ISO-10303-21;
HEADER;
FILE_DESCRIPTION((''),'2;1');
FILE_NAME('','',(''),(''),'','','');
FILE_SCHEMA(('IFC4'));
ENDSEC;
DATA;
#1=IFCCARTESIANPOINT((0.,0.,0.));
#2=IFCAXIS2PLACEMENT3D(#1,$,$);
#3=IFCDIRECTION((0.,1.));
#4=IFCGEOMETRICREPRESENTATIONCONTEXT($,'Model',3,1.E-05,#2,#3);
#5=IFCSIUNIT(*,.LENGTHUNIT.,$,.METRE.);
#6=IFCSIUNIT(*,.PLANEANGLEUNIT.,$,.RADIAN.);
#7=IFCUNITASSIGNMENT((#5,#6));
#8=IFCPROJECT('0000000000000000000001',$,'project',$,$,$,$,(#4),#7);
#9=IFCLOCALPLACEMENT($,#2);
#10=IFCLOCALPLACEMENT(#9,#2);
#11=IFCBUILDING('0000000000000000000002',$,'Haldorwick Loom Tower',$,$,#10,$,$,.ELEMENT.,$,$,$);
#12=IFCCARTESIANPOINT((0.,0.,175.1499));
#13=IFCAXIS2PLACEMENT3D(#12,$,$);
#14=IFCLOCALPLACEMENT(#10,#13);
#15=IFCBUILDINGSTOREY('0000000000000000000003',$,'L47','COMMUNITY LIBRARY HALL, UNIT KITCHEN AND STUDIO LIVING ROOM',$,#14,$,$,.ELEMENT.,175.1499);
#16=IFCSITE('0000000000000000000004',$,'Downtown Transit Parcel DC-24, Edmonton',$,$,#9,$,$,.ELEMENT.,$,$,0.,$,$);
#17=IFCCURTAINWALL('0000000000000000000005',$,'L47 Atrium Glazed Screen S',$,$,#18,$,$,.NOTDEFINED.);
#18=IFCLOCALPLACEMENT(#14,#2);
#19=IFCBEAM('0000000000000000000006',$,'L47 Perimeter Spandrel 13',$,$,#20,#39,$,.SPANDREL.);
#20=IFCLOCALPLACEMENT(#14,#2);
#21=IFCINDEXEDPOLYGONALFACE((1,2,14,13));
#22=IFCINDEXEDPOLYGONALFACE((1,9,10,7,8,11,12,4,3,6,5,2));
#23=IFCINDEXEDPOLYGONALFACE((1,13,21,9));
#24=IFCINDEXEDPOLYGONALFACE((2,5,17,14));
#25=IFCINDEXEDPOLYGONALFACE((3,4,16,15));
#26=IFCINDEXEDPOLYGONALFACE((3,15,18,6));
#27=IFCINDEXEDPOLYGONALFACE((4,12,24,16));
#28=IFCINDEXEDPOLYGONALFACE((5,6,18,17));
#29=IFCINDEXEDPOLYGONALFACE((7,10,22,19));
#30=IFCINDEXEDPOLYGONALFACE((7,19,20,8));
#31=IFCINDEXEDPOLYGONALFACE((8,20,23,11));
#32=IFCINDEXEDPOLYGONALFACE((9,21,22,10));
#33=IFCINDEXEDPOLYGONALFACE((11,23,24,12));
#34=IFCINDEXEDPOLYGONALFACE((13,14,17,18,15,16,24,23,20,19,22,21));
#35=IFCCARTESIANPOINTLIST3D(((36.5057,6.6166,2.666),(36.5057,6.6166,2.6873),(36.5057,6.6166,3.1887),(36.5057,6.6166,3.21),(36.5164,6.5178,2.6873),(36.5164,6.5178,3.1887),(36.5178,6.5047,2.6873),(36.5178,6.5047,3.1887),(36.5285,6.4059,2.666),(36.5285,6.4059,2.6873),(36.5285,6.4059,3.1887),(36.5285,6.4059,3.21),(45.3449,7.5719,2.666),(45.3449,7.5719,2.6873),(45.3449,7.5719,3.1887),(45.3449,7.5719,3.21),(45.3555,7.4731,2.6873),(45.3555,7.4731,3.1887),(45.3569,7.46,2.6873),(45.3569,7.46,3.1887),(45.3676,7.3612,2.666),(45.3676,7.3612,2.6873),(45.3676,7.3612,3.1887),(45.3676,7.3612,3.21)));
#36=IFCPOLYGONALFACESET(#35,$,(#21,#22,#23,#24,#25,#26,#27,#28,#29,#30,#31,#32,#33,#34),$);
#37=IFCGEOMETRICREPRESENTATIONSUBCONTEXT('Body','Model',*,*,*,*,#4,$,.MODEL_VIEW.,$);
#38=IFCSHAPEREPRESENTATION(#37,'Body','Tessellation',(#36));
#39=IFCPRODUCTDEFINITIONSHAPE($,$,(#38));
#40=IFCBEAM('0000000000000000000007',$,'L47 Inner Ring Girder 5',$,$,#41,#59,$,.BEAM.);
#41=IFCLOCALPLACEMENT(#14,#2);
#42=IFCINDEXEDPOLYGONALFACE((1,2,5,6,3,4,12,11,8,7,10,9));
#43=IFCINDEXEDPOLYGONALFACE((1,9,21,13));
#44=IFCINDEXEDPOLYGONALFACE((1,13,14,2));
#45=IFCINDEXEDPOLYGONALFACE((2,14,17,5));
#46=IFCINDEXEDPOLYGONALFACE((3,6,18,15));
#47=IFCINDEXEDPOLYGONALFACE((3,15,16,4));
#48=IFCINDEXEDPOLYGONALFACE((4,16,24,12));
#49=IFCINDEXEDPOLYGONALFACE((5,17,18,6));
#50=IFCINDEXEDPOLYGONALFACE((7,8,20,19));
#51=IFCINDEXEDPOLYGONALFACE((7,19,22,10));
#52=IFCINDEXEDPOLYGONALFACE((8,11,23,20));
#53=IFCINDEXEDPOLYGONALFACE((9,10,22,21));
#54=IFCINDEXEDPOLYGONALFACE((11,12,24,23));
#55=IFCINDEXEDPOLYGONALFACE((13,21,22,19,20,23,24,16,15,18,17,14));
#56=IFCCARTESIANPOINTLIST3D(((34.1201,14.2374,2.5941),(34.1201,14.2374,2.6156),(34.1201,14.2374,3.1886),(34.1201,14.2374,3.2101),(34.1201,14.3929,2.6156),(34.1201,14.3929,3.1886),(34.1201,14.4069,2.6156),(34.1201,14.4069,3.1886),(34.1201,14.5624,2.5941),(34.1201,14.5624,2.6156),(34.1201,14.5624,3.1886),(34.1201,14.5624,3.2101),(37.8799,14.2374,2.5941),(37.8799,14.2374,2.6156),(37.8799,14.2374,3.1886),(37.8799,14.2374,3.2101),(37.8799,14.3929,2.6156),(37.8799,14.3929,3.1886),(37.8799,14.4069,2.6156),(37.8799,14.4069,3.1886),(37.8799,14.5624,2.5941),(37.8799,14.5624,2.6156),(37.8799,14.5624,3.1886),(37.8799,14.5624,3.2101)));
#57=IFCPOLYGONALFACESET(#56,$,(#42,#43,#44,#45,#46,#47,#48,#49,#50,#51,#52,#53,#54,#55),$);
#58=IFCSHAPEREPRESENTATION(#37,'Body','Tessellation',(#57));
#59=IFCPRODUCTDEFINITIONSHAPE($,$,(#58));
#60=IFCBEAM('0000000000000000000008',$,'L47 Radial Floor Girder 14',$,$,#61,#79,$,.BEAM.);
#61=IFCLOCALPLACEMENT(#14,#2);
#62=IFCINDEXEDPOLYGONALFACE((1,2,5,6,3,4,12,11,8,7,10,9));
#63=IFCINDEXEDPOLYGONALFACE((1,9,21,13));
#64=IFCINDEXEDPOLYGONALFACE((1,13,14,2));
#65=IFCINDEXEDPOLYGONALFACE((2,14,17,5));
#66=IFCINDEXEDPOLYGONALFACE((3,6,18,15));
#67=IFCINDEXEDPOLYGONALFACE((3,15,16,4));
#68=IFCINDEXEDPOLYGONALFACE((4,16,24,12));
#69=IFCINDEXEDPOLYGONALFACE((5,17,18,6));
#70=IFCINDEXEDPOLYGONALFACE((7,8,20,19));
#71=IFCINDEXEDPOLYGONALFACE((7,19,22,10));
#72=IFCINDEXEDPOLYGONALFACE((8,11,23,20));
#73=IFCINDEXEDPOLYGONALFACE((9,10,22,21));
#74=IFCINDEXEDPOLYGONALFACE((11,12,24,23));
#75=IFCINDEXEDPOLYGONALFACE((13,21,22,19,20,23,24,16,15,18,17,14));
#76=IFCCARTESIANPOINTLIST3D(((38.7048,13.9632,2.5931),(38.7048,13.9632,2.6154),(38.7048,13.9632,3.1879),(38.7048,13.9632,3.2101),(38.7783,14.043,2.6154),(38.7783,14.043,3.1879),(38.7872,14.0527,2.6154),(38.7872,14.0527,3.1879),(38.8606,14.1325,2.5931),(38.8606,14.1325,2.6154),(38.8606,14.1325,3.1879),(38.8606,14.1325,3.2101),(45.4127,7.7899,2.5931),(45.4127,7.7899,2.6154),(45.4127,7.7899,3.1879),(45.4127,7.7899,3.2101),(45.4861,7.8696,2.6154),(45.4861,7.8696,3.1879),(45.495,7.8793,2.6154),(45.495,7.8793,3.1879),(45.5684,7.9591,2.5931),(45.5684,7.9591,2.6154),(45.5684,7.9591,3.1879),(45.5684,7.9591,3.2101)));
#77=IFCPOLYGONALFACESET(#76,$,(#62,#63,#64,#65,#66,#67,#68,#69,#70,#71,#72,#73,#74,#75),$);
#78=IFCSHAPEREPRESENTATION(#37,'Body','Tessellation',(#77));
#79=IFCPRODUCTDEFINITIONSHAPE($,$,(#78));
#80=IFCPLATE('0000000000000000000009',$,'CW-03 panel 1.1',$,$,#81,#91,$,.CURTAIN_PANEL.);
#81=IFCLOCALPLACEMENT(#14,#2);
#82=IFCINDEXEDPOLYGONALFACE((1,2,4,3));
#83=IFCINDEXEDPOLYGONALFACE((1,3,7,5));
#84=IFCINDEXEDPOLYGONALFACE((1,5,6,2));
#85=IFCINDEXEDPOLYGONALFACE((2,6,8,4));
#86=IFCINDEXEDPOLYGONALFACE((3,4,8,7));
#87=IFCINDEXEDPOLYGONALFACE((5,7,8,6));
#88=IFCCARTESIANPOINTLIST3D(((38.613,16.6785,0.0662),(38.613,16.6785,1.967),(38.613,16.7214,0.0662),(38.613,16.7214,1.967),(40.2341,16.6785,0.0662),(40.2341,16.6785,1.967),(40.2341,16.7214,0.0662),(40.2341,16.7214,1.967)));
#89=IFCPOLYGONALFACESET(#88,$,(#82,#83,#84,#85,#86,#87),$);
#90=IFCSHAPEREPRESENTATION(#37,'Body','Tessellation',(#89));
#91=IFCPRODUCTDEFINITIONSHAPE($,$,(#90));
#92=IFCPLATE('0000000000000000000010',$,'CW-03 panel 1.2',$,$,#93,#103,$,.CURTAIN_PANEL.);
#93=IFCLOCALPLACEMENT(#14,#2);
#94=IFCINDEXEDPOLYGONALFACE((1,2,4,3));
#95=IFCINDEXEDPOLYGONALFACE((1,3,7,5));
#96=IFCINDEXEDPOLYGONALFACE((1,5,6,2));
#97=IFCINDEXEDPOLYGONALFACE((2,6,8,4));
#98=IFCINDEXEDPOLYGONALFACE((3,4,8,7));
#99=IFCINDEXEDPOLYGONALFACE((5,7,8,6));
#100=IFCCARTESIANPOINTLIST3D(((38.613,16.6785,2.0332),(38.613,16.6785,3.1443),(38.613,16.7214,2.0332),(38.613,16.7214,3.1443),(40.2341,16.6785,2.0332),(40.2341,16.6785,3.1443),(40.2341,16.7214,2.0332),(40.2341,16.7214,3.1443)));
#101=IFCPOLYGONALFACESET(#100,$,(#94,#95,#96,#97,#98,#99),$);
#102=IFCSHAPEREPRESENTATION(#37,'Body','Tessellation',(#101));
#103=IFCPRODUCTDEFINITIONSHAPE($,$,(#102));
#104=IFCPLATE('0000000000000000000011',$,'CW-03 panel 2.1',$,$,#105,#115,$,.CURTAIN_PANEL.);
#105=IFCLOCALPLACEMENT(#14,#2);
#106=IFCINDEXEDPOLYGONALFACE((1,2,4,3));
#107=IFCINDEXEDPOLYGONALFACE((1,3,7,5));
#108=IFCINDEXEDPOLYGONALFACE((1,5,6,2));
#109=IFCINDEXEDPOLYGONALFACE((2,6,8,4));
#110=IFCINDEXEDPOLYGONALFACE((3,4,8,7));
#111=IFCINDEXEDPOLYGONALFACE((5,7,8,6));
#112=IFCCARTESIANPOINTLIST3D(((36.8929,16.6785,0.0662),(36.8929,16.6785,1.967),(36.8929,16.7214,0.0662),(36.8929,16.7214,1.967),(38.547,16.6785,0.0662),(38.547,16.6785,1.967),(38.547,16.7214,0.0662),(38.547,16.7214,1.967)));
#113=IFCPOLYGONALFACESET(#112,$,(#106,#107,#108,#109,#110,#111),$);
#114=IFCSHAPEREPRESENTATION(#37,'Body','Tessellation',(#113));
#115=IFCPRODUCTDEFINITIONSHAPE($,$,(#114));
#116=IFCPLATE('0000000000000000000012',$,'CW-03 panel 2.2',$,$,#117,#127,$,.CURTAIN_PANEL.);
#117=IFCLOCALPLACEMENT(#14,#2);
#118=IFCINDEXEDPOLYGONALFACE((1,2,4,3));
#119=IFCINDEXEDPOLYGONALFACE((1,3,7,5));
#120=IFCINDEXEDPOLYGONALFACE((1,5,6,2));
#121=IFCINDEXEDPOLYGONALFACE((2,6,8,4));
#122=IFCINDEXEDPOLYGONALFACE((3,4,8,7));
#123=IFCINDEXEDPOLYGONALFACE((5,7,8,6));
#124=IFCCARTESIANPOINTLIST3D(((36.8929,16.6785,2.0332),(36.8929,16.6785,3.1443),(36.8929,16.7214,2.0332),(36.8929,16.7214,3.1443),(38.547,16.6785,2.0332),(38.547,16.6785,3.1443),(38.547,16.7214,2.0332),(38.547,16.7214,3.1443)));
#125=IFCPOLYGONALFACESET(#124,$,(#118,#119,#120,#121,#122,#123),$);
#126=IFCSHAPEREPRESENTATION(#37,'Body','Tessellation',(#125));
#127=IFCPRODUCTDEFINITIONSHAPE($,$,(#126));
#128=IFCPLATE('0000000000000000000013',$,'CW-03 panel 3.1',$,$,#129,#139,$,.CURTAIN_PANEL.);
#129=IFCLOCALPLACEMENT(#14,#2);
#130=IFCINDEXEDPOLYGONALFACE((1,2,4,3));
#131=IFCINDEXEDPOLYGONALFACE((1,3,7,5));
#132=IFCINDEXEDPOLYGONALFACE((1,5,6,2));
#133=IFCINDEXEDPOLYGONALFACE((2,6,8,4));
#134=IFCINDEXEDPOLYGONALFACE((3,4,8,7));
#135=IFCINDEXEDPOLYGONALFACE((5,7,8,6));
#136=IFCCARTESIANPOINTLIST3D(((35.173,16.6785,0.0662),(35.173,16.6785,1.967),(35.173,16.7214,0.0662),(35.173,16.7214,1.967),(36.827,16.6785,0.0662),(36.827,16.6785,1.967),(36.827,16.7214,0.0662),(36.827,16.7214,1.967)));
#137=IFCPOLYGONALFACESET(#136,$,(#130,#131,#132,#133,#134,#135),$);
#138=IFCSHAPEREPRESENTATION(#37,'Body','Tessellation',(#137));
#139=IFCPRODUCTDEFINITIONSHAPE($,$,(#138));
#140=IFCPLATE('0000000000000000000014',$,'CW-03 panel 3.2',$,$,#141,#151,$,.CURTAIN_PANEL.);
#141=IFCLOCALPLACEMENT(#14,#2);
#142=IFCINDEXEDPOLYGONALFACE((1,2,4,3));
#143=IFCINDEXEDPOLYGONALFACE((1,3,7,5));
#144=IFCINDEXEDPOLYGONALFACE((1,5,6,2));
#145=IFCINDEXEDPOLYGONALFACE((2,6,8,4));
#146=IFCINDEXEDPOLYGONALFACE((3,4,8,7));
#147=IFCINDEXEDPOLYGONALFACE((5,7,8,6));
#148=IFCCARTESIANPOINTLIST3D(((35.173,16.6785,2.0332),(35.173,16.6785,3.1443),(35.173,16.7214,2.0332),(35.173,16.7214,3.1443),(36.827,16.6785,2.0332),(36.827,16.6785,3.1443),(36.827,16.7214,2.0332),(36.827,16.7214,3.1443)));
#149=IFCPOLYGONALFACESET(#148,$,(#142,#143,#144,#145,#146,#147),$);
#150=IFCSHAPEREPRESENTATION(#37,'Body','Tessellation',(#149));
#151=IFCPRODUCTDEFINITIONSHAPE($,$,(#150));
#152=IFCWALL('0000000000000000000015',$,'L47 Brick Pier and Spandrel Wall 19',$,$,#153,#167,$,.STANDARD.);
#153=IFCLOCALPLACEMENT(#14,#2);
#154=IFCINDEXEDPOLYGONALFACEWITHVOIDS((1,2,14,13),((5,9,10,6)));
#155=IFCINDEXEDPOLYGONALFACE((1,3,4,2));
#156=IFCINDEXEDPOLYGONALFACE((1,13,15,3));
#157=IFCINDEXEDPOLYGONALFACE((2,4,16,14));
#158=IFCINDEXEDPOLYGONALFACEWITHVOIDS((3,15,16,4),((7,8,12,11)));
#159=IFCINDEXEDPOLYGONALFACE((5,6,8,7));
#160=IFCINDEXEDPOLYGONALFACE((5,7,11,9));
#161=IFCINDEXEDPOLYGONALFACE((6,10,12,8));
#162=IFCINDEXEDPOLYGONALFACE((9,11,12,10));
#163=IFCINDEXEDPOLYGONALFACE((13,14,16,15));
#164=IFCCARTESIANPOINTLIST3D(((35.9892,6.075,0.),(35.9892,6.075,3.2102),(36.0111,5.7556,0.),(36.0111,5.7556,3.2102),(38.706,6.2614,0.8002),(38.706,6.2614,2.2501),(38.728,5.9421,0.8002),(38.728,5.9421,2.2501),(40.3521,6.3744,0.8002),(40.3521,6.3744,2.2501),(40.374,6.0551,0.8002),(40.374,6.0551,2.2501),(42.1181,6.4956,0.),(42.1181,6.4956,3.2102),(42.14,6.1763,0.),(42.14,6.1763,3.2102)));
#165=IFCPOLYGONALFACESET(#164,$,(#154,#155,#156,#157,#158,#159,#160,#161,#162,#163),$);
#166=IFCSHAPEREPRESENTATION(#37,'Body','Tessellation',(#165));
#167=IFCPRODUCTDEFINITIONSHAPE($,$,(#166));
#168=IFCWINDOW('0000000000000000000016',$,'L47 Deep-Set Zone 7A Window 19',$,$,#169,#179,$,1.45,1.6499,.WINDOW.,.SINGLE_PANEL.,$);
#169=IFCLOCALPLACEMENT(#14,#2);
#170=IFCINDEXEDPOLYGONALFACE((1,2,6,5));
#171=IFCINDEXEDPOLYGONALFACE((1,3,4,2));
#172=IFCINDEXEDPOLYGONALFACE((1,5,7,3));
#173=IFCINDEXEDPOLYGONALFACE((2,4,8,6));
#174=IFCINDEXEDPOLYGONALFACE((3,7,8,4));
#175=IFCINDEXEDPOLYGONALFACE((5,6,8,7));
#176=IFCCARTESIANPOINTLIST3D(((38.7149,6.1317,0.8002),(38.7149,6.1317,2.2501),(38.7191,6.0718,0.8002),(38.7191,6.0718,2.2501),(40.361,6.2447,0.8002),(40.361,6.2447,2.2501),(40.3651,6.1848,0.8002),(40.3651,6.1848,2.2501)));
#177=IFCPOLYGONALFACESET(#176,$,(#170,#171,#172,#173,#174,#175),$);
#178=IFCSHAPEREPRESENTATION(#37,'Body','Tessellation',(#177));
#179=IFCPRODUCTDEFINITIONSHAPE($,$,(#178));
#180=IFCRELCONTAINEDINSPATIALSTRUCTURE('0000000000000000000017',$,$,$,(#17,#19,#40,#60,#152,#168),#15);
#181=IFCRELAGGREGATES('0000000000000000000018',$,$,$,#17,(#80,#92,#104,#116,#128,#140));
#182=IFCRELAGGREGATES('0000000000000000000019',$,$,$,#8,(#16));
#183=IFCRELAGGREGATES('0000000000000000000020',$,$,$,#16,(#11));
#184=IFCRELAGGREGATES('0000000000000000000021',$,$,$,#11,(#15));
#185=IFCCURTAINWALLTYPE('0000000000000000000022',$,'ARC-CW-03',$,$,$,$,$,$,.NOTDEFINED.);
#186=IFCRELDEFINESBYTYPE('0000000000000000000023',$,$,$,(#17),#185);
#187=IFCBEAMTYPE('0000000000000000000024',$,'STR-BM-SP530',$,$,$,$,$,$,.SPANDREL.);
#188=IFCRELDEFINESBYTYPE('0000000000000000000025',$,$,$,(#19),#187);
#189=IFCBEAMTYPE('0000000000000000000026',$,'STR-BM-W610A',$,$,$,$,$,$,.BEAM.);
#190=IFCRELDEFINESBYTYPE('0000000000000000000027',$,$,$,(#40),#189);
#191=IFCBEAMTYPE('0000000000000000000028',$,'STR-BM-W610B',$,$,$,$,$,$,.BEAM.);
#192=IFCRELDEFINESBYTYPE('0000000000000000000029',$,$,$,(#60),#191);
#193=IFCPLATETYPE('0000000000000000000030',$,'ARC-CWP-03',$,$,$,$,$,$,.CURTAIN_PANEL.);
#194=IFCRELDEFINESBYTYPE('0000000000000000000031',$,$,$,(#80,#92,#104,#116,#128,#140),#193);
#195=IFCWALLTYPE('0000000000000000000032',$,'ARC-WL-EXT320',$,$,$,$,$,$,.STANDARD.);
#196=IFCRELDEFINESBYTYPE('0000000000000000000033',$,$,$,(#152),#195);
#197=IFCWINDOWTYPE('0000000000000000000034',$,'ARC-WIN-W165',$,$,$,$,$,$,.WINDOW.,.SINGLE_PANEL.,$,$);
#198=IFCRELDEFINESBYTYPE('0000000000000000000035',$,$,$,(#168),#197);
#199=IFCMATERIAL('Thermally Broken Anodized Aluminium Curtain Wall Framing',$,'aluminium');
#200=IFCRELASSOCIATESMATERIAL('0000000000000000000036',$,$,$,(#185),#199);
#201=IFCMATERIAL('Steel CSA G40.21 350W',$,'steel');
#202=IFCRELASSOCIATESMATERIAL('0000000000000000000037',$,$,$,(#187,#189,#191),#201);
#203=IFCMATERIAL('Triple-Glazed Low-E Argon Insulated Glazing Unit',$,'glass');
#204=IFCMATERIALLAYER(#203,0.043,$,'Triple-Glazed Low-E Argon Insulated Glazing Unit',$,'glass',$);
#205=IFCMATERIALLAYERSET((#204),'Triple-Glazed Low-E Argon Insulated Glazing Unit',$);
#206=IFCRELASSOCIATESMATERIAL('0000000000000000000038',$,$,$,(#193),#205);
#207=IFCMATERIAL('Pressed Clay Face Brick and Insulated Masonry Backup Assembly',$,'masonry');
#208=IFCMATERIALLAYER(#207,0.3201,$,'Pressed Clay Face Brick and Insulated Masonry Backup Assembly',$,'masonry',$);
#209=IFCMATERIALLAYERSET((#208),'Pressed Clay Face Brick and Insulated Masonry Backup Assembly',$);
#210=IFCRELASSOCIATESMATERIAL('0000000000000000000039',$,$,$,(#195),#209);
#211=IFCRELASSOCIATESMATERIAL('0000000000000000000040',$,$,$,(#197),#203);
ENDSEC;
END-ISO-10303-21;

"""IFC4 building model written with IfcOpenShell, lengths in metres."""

from ifc_helpers import new_model, si_unit, direction, frame, frame_2d, origin, origin_2d, place, context, subcontext, project, spatial, rectangle, i_section, extrude, material, layer, layer_set, material_profile, profile_set, type_object, element, fill, aggregate, save


model = new_model("IFC4")

# Units and contexts
model_context = context("Model", 3, precision=1e-05, world=origin(), true_north=direction((0.0, 1.0)))
body_context = subcontext(model_context, "Body", "Model", "MODEL_VIEW")
ifc_project = project(units=[si_unit("LENGTHUNIT", "METRE"), si_unit("PLANEANGLEUNIT", "RADIAN")], contexts=[model_context])

# Site, building, storey
site_placement = place(None, origin())
site = spatial("IfcSite", under=ifc_project, at=site_placement, Name="Downtown Transit Parcel DC-24, Edmonton", CompositionType="ELEMENT", RefElevation=0.0)
building_placement = place(site_placement, origin())
building = spatial("IfcBuilding", under=site, at=building_placement, Name="Haldorwick Loom Tower", CompositionType="ELEMENT")
storey_placement = place(building_placement, frame((0.0, 0.0, 175.1499)))
storey = spatial("IfcBuildingStorey", under=building, at=storey_placement, Name="L47", Description="COMMUNITY LIBRARY HALL, UNIT KITCHEN AND STUDIO LIVING ROOM", CompositionType="ELEMENT", Elevation=175.1499)

# Curtain wall
ifc_material_1 = material(Name="Thermally Broken Anodized Aluminium Curtain Wall Framing", Category="aluminium")
curtain_wall_type = type_object("IfcCurtainWallType", Name="ARC-CW-03", PredefinedType="NOTDEFINED", material=ifc_material_1)
curtain_wall_placement = place(storey_placement, origin())
curtain_wall = element("IfcCurtainWall", 1, at=curtain_wall_placement, inside=storey, type_object=curtain_wall_type, Name="L47 Atrium Glazed Screen S", PredefinedType="NOTDEFINED")

# Beams
ifc_material_2 = material(Name="Steel CSA G40.21 350W", Category="steel")
ifc_material_profile_1 = material_profile(ifc_material_2, i_section(OverallWidth=0.2119, OverallDepth=0.5439, WebThickness=0.0132, FlangeThickness=0.0212, at=origin_2d()), Name="W530X123", Category="steel")
ifc_profile_set_1 = profile_set([ifc_material_profile_1], Name="Steel CSA G40.21 350W")
beam_type_1 = type_object("IfcBeamType", Name="STR-BM-SP530", PredefinedType="SPANDREL", material=ifc_profile_set_1)
beam_1_placement = place(storey_placement, frame((36.5171, 6.5112, 2.938), z_axis=(0.99421, 0.107453, 0.0), x_axis=(-0.107453, 0.99421, 0.0)))
element("IfcBeam", 2, at=beam_1_placement, inside=storey, type_object=beam_type_1, Name="L47 Perimeter Spandrel 13", PredefinedType="SPANDREL", context=body_context, shape_type="SweptSolid", body=[
    extrude(i_section(OverallWidth=0.2119, OverallDepth=0.5439, WebThickness=0.0132, FlangeThickness=0.0212, at=origin_2d()), origin(), (0.0, 0.0, 1.0), 8.8906),
])
ifc_material_profile_2 = material_profile(ifc_material_2, i_section(OverallWidth=0.325, OverallDepth=0.616, WebThickness=0.0139, FlangeThickness=0.0215, at=origin_2d()), Name="W610X174", Category="steel")
ifc_profile_set_2 = profile_set([ifc_material_profile_2], Name="Steel CSA G40.21 350W")
beam_type_2 = type_object("IfcBeamType", Name="STR-BM-W610A", PredefinedType="BEAM", material=ifc_profile_set_2)
beam_2_placement = place(storey_placement, frame((37.8799, 14.3999, 2.9021), z_axis=(-1.0, 0.0, 0.0), x_axis=(0.0, -1.0, 0.0)))
element("IfcBeam", 3, at=beam_2_placement, inside=storey, type_object=beam_type_2, Name="L47 Inner Ring Girder 5", PredefinedType="BEAM", context=body_context, shape_type="SweptSolid", body=[
    extrude(i_section(OverallWidth=0.325, OverallDepth=0.616, WebThickness=0.0139, FlangeThickness=0.0215, at=origin_2d()), origin(), (0.0, 0.0, 1.0), 3.7598),
])
ifc_material_profile_3 = material_profile(ifc_material_2, i_section(OverallWidth=0.23, OverallDepth=0.6169, WebThickness=0.0132, FlangeThickness=0.0222, at=origin_2d()), Name="W610X140", Category="steel")
ifc_profile_set_3 = profile_set([ifc_material_profile_3], Name="Steel CSA G40.21 350W")
beam_type_3 = type_object("IfcBeamType", Name="STR-BM-W610B", PredefinedType="BEAM", material=ifc_profile_set_3)
beam_3_placement = place(storey_placement, frame((38.7827, 14.0479, 2.9016), z_axis=(0.735811, -0.677187, 0.0), x_axis=(0.677187, 0.735811, 0.0)))
element("IfcBeam", 4, at=beam_3_placement, inside=storey, type_object=beam_type_3, Name="L47 Radial Floor Girder 14", PredefinedType="BEAM", context=body_context, shape_type="SweptSolid", body=[
    extrude(i_section(OverallWidth=0.23, OverallDepth=0.6169, WebThickness=0.0132, FlangeThickness=0.0222, at=origin_2d()), origin(), (0.0, 0.0, 1.0), 9.1162),
])

# Plates
ifc_material_3 = material(Name="Triple-Glazed Low-E Argon Insulated Glazing Unit", Category="glass")
ifc_layer_1 = layer(ifc_material_3, 0.043, Name="Triple-Glazed Low-E Argon Insulated Glazing Unit", Category="glass")
ifc_layer_set_1 = layer_set([ifc_layer_1], Name="Triple-Glazed Low-E Argon Insulated Glazing Unit")
plate_type = type_object("IfcPlateType", Name="ARC-CWP-03", PredefinedType="CURTAIN_PANEL", material=ifc_layer_set_1)
plate_1_placement = place(storey_placement, frame((39.4236, 16.7, 0.0662), z_axis=(0.0, 0.0, 1.0), x_axis=(-1.0, 0.0, 0.0)))
plate_1 = element("IfcPlate", 5, at=plate_1_placement, type_object=plate_type, Name="CW-03 panel 1.1", PredefinedType="CURTAIN_PANEL", context=body_context, shape_type="SweptSolid", body=[
    extrude(rectangle(XDim=1.6211, YDim=0.043, at=origin_2d()), origin(), (0.0, 0.0, 1.0), 1.9009),
])
plate_2_placement = place(storey_placement, frame((39.4236, 16.7, 2.0332), z_axis=(0.0, 0.0, 1.0), x_axis=(-1.0, 0.0, 0.0)))
plate_2 = element("IfcPlate", 6, at=plate_2_placement, type_object=plate_type, Name="CW-03 panel 1.2", PredefinedType="CURTAIN_PANEL", context=body_context, shape_type="SweptSolid", body=[
    extrude(rectangle(XDim=1.6211, YDim=0.043, at=origin_2d()), origin(), (0.0, 0.0, 1.0), 1.1111),
])
plate_3_placement = place(storey_placement, frame((37.72, 16.7, 0.0662), z_axis=(0.0, 0.0, 1.0), x_axis=(-1.0, 0.0, 0.0)))
plate_3 = element("IfcPlate", 7, at=plate_3_placement, type_object=plate_type, Name="CW-03 panel 2.1", PredefinedType="CURTAIN_PANEL", context=body_context, shape_type="SweptSolid", body=[
    extrude(rectangle(XDim=1.6541, YDim=0.043, at=origin_2d()), origin(), (0.0, 0.0, 1.0), 1.9009),
])
plate_4_placement = place(storey_placement, frame((37.72, 16.7, 2.0332), z_axis=(0.0, 0.0, 1.0), x_axis=(-1.0, 0.0, 0.0)))
plate_4 = element("IfcPlate", 8, at=plate_4_placement, type_object=plate_type, Name="CW-03 panel 2.2", PredefinedType="CURTAIN_PANEL", context=body_context, shape_type="SweptSolid", body=[
    extrude(rectangle(XDim=1.6541, YDim=0.043, at=origin_2d()), origin(), (0.0, 0.0, 1.0), 1.1111),
])
plate_5_placement = place(storey_placement, frame((36.0, 16.7, 0.0662), z_axis=(0.0, 0.0, 1.0), x_axis=(-1.0, 0.0, 0.0)))
plate_5 = element("IfcPlate", 9, at=plate_5_placement, type_object=plate_type, Name="CW-03 panel 3.1", PredefinedType="CURTAIN_PANEL", context=body_context, shape_type="SweptSolid", body=[
    extrude(rectangle(XDim=1.6541, YDim=0.043, at=origin_2d()), origin(), (0.0, 0.0, 1.0), 1.9009),
])
plate_6_placement = place(storey_placement, frame((36.0, 16.7, 2.0332), z_axis=(0.0, 0.0, 1.0), x_axis=(-1.0, 0.0, 0.0)))
plate_6 = element("IfcPlate", 10, at=plate_6_placement, type_object=plate_type, Name="CW-03 panel 3.2", PredefinedType="CURTAIN_PANEL", context=body_context, shape_type="SweptSolid", body=[
    extrude(rectangle(XDim=1.6541, YDim=0.043, at=origin_2d()), origin(), (0.0, 0.0, 1.0), 1.1111),
])
aggregate(curtain_wall, [plate_1, plate_2, plate_3, plate_4, plate_5, plate_6])

# Wall, opening, window
ifc_material_4 = material(Name="Pressed Clay Face Brick and Insulated Masonry Backup Assembly", Category="masonry")
ifc_layer_2 = layer(ifc_material_4, 0.3201, Name="Pressed Clay Face Brick and Insulated Masonry Backup Assembly", Category="masonry")
ifc_layer_set_2 = layer_set([ifc_layer_2], Name="Pressed Clay Face Brick and Insulated Masonry Backup Assembly")
wall_type_1 = type_object("IfcWallType", Name="ARC-WL-EXT320", PredefinedType="STANDARD", material=ifc_layer_set_2)
wall_1_placement = place(storey_placement, frame((36.0, 5.9153, 0.0), z_axis=(0.0, 0.0, 1.0), x_axis=(0.997653, 0.068473, 0.0)))
wall_1 = element("IfcWall", 11, at=wall_1_placement, inside=storey, type_object=wall_type_1, Name="L47 Brick Pier and Spandrel Wall 19", PredefinedType="STANDARD", context=body_context, shape_type="SweptSolid", body=[
    extrude(rectangle(XDim=6.1433, YDim=0.3201, at=frame_2d((3.0718, 0.0))), origin(), (0.0, 0.0, 1.0), 3.2102),
])
opening_placement = place(wall_1_placement, frame((2.7234, 0.0, 0.8)))
opening = element("IfcOpeningElement", 12, at=opening_placement, cuts=wall_1, PredefinedType="OPENING", context=body_context, shape_type="SweptSolid", body=[
    extrude(rectangle(XDim=1.6499, YDim=1.45, at=frame_2d((0.825, 0.7251))), frame((0.0, 0.1699, 0.0), z_axis=(0.0, -1.0, 0.0), x_axis=(1.0, 0.0, 0.0)), (0.0, 0.0, 1.0), 0.3401),
])
window_type = type_object("IfcWindowType", Name="ARC-WIN-W165", PartitioningType="SINGLE_PANEL", PredefinedType="WINDOW", material=ifc_material_3)
window_placement = place(opening_placement, origin())
window = element("IfcWindow", 13, at=window_placement, inside=storey, type_object=window_type, Name="L47 Deep-Set Zone 7A Window 19", OverallHeight=1.45, OverallWidth=1.6499, PartitioningType="SINGLE_PANEL", PredefinedType="WINDOW", context=body_context, shape_type="SweptSolid", body=[
    extrude(rectangle(XDim=1.6499, YDim=1.45, at=frame_2d((0.825, 0.7251))), frame((0.0, 0.03, 0.0), z_axis=(0.0, -1.0, 0.0), x_axis=(1.0, 0.0, 0.0)), (0.0, 0.0, 1.0), 0.0601),
])
fill(opening, window)

save(model, "model.ifc")
